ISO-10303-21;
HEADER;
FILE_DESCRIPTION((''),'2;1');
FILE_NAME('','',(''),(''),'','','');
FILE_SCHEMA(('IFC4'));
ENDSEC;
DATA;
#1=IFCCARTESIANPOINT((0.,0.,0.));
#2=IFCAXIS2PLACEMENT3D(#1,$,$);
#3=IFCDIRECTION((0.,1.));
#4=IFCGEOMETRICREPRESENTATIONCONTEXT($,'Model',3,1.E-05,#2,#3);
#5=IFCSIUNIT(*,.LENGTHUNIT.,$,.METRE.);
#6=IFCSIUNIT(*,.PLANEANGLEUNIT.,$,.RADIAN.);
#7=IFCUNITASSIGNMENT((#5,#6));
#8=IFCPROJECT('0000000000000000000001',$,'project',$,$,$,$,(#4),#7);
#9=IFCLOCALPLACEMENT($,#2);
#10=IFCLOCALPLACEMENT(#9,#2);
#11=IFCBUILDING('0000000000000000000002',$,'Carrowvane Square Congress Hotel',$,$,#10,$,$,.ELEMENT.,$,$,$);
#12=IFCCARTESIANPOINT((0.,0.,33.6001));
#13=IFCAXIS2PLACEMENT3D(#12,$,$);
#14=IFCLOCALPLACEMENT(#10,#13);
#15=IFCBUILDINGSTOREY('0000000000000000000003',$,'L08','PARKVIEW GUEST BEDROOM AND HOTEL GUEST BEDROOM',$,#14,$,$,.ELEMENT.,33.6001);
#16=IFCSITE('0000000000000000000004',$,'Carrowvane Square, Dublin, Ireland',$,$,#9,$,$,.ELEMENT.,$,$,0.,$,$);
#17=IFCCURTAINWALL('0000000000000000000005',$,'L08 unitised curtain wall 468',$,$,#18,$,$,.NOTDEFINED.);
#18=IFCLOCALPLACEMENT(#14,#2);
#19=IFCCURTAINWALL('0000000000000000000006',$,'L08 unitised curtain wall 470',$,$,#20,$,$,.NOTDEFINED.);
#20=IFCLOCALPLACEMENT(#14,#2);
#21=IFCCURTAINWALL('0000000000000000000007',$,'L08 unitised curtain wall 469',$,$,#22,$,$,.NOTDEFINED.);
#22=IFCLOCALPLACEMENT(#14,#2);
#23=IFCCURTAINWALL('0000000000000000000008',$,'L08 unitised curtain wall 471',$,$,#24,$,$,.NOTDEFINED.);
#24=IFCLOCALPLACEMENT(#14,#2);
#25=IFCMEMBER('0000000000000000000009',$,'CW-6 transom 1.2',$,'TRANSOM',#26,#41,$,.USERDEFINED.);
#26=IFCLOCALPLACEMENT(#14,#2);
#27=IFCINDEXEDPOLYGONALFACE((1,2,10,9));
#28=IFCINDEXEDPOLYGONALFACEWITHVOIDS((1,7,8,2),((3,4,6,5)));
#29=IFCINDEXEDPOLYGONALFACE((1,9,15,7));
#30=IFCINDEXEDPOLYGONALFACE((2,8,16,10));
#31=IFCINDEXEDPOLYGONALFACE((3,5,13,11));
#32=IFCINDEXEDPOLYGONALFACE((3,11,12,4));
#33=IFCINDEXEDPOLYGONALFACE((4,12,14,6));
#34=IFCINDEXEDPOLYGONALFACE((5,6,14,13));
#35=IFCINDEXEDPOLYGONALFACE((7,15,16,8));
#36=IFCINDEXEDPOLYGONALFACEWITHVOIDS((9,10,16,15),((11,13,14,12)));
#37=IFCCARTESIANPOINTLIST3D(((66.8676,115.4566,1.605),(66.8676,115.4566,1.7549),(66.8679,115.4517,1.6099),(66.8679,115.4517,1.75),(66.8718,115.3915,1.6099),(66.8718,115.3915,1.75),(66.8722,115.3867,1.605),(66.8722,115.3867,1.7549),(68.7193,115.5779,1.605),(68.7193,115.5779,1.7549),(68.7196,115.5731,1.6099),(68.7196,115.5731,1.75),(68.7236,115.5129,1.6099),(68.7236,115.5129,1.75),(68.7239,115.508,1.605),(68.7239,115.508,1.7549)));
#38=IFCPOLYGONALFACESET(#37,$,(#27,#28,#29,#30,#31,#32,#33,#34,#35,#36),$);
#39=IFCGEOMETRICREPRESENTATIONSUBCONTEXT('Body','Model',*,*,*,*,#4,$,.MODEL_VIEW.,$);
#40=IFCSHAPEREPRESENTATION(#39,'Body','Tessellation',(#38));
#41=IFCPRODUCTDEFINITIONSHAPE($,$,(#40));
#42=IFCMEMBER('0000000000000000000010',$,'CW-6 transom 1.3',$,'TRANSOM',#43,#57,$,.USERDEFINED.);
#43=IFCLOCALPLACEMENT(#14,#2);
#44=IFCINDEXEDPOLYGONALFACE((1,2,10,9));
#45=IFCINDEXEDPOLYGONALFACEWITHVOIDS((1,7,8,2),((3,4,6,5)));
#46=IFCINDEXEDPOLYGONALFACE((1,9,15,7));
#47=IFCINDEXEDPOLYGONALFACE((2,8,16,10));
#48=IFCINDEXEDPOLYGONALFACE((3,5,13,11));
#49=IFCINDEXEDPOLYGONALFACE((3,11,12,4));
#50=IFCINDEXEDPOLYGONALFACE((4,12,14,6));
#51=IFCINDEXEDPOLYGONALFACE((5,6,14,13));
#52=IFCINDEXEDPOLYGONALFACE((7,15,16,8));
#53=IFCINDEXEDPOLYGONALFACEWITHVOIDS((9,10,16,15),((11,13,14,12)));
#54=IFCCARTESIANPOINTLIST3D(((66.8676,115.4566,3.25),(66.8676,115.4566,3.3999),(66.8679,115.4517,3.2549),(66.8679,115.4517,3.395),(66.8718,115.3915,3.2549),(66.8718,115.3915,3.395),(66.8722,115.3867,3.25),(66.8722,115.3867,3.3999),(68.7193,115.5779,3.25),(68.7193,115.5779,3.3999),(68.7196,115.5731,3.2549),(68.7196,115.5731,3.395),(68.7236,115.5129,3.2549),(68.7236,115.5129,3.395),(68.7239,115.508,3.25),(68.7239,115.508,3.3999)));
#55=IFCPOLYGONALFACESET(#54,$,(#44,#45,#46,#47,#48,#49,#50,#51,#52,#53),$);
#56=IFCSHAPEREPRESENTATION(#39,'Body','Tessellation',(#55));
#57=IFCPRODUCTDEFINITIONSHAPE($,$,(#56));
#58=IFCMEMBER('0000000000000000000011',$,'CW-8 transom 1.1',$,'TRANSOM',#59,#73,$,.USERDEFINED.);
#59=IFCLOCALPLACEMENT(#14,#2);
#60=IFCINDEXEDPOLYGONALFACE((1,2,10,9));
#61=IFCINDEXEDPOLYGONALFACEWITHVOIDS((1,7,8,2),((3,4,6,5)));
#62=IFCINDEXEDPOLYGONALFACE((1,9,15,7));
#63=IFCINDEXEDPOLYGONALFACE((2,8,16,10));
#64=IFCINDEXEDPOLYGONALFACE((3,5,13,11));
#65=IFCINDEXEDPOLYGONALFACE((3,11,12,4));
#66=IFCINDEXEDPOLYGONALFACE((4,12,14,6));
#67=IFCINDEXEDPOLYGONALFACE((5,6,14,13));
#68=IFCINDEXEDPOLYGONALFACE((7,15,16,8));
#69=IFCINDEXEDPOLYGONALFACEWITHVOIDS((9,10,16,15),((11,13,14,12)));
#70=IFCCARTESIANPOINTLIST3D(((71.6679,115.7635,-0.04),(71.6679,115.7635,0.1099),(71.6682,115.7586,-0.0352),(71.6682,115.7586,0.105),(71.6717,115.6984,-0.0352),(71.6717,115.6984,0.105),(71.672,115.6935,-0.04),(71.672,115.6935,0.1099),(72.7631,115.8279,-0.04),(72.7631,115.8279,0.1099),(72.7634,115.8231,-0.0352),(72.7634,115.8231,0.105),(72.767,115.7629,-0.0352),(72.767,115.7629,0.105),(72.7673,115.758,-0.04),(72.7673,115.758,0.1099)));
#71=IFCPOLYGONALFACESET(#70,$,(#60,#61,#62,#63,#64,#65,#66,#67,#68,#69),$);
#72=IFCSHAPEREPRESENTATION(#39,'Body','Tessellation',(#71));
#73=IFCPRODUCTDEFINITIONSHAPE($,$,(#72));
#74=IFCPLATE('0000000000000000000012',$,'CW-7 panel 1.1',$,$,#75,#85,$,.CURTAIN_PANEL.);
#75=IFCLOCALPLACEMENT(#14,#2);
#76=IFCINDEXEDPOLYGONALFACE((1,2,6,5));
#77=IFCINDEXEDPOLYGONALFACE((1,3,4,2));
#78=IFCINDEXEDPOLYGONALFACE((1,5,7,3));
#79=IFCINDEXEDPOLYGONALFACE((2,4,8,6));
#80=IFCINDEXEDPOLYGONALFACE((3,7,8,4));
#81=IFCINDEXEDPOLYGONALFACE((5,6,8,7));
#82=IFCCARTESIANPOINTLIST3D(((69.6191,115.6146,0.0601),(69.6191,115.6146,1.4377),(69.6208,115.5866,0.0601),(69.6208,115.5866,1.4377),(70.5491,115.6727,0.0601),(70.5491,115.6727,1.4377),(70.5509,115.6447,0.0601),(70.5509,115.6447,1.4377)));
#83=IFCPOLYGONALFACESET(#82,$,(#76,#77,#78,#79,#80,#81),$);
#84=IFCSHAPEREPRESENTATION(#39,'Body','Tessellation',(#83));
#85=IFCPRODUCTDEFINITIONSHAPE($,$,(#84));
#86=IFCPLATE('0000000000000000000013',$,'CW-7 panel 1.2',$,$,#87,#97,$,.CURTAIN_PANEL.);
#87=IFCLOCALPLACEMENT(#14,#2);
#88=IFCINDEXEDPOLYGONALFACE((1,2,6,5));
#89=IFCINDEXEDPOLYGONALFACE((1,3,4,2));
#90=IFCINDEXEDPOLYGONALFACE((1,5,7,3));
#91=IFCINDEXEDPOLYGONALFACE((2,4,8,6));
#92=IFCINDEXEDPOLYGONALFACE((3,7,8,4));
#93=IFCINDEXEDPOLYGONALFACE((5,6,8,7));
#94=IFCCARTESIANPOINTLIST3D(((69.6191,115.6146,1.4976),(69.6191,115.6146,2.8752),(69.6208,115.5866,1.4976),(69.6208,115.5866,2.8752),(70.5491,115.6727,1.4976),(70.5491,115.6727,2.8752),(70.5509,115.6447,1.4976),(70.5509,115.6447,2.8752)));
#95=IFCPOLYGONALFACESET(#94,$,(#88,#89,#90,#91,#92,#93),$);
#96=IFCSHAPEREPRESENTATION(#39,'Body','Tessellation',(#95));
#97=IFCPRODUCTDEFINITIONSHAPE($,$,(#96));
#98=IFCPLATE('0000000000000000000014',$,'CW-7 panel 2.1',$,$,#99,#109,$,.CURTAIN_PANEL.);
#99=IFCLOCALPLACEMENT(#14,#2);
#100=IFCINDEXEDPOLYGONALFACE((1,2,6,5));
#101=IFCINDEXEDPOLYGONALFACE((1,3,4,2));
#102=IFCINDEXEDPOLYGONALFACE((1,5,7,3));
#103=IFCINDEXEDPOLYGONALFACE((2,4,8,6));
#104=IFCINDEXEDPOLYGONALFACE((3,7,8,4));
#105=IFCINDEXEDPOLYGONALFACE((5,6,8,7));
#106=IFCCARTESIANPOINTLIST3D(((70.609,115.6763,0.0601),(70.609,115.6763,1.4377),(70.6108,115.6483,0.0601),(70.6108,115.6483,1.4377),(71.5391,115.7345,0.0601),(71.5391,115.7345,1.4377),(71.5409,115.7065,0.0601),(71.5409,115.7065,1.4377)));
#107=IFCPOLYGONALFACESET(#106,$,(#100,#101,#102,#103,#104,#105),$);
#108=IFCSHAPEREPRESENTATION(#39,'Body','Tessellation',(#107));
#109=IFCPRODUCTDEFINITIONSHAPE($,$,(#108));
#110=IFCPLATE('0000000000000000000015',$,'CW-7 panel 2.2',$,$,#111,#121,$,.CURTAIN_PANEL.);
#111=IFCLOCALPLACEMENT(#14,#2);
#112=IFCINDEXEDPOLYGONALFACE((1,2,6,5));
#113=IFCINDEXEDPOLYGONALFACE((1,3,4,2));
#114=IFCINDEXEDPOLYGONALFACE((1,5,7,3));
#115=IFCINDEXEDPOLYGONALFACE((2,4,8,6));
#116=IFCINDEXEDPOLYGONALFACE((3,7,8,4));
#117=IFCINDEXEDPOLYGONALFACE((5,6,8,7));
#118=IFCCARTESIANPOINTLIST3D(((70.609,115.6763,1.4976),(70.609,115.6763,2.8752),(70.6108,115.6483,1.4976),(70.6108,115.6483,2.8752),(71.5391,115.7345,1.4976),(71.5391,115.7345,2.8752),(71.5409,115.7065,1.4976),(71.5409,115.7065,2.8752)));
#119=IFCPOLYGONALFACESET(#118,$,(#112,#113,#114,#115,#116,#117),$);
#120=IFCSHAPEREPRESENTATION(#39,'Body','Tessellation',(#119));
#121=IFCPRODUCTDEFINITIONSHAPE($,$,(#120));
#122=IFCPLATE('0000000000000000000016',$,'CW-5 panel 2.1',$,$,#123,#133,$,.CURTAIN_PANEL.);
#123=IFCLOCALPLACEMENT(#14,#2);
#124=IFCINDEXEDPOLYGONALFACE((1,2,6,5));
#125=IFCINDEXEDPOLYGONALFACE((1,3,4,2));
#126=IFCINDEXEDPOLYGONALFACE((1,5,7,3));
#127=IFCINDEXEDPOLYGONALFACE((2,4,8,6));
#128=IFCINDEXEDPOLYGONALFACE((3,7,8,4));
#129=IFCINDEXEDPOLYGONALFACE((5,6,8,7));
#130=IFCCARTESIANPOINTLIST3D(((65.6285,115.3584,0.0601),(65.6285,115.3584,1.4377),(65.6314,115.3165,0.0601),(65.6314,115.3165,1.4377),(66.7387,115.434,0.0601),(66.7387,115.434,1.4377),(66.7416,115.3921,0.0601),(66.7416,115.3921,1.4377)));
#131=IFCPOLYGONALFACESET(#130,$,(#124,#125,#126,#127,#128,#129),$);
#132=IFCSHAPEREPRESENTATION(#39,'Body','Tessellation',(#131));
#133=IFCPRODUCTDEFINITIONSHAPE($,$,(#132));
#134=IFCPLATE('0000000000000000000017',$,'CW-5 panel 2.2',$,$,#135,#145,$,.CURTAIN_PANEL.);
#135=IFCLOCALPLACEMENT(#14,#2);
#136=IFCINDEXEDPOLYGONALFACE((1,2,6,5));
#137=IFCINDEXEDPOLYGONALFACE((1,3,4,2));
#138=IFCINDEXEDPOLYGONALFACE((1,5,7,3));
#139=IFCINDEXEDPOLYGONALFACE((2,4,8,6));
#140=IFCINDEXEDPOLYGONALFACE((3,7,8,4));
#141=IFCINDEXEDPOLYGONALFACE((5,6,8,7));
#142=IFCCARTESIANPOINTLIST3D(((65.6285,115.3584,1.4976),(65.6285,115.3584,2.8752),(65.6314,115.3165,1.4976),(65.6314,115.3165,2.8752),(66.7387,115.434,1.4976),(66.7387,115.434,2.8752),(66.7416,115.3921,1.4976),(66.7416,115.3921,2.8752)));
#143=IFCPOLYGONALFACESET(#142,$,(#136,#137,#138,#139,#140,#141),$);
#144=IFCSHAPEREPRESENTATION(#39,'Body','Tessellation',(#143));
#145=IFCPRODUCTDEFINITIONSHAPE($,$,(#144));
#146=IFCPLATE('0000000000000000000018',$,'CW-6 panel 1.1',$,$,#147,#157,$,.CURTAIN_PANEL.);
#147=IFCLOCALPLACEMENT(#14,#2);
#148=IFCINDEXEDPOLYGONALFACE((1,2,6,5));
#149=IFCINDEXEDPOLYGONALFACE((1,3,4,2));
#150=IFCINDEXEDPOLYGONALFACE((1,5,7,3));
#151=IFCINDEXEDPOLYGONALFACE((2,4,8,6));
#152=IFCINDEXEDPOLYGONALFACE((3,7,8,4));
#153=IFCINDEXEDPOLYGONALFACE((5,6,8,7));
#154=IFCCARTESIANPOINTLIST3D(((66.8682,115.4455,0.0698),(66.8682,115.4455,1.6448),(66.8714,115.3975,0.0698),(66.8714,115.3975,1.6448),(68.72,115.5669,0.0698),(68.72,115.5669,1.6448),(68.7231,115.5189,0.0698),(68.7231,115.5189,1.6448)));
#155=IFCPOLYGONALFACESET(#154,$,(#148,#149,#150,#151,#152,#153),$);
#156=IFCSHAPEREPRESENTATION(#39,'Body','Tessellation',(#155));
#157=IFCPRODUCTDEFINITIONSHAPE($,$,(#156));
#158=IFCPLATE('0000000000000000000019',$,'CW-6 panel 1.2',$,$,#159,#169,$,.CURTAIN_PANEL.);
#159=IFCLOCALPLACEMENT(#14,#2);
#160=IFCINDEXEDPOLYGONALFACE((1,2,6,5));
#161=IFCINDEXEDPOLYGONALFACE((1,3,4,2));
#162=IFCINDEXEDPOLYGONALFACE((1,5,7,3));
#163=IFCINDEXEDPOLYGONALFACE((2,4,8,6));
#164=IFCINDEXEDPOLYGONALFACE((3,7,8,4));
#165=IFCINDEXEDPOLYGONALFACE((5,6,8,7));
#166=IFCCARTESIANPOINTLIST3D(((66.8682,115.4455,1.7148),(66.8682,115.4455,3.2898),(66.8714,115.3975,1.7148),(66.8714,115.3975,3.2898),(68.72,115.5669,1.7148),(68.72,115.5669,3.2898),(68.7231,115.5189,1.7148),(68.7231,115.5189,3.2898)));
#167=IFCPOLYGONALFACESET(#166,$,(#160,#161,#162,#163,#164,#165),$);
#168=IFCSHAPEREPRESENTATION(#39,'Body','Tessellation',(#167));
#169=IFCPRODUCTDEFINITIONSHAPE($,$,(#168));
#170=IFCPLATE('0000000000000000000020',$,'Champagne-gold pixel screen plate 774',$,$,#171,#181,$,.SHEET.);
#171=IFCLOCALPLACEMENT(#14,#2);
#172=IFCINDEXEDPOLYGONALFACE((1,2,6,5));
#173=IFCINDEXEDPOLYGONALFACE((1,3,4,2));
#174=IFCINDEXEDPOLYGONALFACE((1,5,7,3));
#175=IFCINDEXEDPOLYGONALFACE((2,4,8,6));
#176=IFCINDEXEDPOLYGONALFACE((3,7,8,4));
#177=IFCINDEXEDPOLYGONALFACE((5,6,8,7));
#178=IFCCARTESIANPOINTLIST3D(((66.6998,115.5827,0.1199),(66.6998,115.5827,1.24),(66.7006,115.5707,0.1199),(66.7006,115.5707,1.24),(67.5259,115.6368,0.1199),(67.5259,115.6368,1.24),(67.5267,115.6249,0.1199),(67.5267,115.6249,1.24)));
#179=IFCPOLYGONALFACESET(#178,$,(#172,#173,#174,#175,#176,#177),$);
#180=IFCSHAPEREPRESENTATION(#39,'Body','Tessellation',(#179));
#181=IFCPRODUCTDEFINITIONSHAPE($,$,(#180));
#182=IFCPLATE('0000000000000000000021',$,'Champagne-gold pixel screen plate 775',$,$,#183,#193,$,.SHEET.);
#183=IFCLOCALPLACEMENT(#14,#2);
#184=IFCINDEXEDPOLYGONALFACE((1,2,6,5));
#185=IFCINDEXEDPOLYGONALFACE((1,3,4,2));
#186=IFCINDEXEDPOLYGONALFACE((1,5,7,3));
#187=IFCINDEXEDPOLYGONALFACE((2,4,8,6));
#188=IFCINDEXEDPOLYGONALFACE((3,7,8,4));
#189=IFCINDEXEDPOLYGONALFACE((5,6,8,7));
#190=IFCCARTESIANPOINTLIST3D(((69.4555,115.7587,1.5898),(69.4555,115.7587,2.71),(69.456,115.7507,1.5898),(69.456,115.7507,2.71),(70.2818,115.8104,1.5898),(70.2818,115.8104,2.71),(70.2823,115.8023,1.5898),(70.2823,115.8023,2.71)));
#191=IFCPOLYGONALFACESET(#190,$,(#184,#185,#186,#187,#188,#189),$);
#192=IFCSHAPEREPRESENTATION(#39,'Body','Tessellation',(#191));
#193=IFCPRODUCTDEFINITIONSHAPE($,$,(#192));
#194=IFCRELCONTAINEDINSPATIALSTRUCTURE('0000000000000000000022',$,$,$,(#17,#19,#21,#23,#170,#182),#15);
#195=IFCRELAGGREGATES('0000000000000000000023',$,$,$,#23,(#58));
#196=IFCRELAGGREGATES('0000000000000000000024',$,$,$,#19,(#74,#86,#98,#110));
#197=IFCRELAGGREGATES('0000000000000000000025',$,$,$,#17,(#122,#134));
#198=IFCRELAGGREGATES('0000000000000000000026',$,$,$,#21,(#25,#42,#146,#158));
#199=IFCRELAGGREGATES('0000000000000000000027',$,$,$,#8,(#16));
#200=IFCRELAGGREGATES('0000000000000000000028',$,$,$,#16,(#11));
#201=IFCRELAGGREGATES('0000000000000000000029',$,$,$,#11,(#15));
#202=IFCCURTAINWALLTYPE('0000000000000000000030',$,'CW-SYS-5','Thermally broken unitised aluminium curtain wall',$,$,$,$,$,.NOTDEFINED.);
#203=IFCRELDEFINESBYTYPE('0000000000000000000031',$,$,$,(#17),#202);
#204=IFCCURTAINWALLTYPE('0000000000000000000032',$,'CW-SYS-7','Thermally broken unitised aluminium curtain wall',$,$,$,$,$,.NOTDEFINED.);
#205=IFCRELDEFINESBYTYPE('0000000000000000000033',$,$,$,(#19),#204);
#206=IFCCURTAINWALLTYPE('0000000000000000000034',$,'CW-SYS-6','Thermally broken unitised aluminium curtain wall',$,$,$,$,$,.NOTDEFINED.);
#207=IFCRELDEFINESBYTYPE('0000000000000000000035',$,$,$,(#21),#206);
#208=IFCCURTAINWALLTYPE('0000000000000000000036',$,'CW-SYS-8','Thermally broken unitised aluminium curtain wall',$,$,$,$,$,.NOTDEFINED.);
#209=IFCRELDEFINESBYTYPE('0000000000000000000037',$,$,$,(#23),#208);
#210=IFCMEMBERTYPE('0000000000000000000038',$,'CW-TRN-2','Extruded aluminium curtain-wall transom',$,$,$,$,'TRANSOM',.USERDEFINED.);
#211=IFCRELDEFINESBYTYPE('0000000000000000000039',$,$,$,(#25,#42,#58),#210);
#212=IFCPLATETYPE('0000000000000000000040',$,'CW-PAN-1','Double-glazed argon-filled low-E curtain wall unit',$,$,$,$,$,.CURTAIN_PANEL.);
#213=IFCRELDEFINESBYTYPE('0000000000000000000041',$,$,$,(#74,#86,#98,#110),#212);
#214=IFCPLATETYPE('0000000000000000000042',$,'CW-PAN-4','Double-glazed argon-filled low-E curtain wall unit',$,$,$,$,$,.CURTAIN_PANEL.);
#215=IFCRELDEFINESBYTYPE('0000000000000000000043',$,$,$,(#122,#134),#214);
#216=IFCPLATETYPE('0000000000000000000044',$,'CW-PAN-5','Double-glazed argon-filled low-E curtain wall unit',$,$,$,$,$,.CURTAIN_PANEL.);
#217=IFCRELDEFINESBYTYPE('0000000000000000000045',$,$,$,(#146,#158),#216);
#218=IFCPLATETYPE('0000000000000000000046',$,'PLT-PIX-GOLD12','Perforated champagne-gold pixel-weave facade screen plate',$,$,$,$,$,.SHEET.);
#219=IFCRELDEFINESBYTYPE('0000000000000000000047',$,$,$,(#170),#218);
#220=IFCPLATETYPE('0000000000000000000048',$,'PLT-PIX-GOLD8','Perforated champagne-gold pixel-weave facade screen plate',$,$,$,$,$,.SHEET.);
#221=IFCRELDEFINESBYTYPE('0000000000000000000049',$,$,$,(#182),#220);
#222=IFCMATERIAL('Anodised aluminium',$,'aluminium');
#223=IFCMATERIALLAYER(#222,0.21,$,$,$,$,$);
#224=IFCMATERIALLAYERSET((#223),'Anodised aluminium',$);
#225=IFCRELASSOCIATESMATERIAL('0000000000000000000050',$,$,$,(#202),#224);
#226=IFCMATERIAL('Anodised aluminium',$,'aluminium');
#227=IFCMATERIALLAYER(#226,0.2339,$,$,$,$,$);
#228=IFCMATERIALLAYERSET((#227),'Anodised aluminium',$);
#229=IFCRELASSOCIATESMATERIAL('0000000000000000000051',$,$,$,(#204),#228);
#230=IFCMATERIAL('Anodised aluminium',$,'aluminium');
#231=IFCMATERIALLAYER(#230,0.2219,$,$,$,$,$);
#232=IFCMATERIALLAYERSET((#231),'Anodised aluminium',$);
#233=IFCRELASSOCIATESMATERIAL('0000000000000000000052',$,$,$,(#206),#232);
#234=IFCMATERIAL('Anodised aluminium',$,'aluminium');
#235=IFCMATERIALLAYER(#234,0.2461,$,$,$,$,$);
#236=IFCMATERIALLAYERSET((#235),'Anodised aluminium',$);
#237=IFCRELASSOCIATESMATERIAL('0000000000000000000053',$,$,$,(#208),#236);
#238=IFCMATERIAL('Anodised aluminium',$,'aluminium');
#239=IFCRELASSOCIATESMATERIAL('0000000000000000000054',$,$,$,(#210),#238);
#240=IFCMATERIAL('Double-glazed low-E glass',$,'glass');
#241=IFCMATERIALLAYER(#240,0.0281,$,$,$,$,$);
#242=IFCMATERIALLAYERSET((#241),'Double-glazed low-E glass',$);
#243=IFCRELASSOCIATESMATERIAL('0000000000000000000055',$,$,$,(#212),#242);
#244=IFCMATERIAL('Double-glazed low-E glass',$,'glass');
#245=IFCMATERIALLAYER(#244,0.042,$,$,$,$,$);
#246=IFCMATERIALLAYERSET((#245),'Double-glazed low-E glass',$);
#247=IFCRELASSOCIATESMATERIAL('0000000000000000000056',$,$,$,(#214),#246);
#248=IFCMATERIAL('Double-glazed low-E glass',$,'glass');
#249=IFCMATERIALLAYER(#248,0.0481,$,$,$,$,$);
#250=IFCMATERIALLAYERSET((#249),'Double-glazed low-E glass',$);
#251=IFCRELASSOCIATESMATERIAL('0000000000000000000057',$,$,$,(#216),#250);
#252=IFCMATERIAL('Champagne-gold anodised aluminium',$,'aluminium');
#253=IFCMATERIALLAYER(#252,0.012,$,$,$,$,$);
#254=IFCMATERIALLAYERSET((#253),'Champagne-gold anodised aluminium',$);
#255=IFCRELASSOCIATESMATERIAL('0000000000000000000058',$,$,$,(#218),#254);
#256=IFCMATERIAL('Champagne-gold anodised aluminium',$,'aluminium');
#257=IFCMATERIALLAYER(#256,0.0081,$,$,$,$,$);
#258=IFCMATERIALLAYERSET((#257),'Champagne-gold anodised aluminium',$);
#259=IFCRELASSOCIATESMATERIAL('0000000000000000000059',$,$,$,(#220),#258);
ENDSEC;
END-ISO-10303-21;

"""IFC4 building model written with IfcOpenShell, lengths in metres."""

from ifc_helpers import new_model, si_unit, direction, frame, origin, origin_2d, place, context, subcontext, project, spatial, rectangle, hollow_rectangle, extrude, material, layer, layer_set, material_profile, profile_set, type_object, element, aggregate, save


model = new_model("IFC4")

# Units and contexts
model_context = context("Model", 3, precision=1e-05, world=origin(), true_north=direction((0.0, 1.0)))
body_context = subcontext(model_context, "Body", "Model", "MODEL_VIEW")
ifc_project = project(units=[si_unit("LENGTHUNIT", "METRE"), si_unit("PLANEANGLEUNIT", "RADIAN")], contexts=[model_context])

# Site, building, storey
site_placement = place(None, origin())
site = spatial("IfcSite", under=ifc_project, at=site_placement, Name="Carrowvane Square, Dublin, Ireland", CompositionType="ELEMENT", RefElevation=0.0)
building_placement = place(site_placement, origin())
building = spatial("IfcBuilding", under=site, at=building_placement, Name="Carrowvane Square Congress Hotel", CompositionType="ELEMENT")
storey_placement = place(building_placement, frame((0.0, 0.0, 33.6001)))
storey = spatial("IfcBuildingStorey", under=building, at=storey_placement, Name="L08", Description="PARKVIEW GUEST BEDROOM AND HOTEL GUEST BEDROOM", CompositionType="ELEMENT", Elevation=33.6001)

# Curtain wall
ifc_material_1 = material(Name="Anodised aluminium", Category="aluminium")
ifc_layer_1 = layer(ifc_material_1, 0.21)
ifc_layer_set_1 = layer_set([ifc_layer_1], Name="Anodised aluminium")
curtain_wall_type_1 = type_object("IfcCurtainWallType", Name="CW-SYS-5", Description="Thermally broken unitised aluminium curtain wall", PredefinedType="NOTDEFINED", material=ifc_layer_set_1)
curtain_wall_1_placement = place(storey_placement, origin())
curtain_wall_1 = element("IfcCurtainWall", 1, at=curtain_wall_1_placement, inside=storey, type_object=curtain_wall_type_1, Name="L08 unitised curtain wall 468", PredefinedType="NOTDEFINED")

# Curtain walls
ifc_material_2 = material(Name="Anodised aluminium", Category="aluminium")
ifc_layer_2 = layer(ifc_material_2, 0.2339)
ifc_layer_set_2 = layer_set([ifc_layer_2], Name="Anodised aluminium")
curtain_wall_type_2 = type_object("IfcCurtainWallType", Name="CW-SYS-7", Description="Thermally broken unitised aluminium curtain wall", PredefinedType="NOTDEFINED", material=ifc_layer_set_2)
curtain_wall_2_placement = place(storey_placement, origin())
curtain_wall_2 = element("IfcCurtainWall", 2, at=curtain_wall_2_placement, inside=storey, type_object=curtain_wall_type_2, Name="L08 unitised curtain wall 470", PredefinedType="NOTDEFINED")
ifc_material_3 = material(Name="Anodised aluminium", Category="aluminium")
ifc_layer_3 = layer(ifc_material_3, 0.2219)
ifc_layer_set_3 = layer_set([ifc_layer_3], Name="Anodised aluminium")
curtain_wall_type_3 = type_object("IfcCurtainWallType", Name="CW-SYS-6", Description="Thermally broken unitised aluminium curtain wall", PredefinedType="NOTDEFINED", material=ifc_layer_set_3)
curtain_wall_3_placement = place(storey_placement, origin())
curtain_wall_3 = element("IfcCurtainWall", 3, at=curtain_wall_3_placement, inside=storey, type_object=curtain_wall_type_3, Name="L08 unitised curtain wall 469", PredefinedType="NOTDEFINED")

# Curtain wall
ifc_material_4 = material(Name="Anodised aluminium", Category="aluminium")
ifc_layer_4 = layer(ifc_material_4, 0.2461)
ifc_layer_set_4 = layer_set([ifc_layer_4], Name="Anodised aluminium")
curtain_wall_type_4 = type_object("IfcCurtainWallType", Name="CW-SYS-8", Description="Thermally broken unitised aluminium curtain wall", PredefinedType="NOTDEFINED", material=ifc_layer_set_4)
curtain_wall_4_placement = place(storey_placement, origin())
curtain_wall_4 = element("IfcCurtainWall", 4, at=curtain_wall_4_placement, inside=storey, type_object=curtain_wall_type_4, Name="L08 unitised curtain wall 471", PredefinedType="NOTDEFINED")

# Members
ifc_material_5 = material(Name="Anodised aluminium", Category="aluminium")
ifc_material_profile_1 = material_profile(ifc_material_5, hollow_rectangle(XDim=0.0701, YDim=0.1499, WallThickness=0.0049, at=origin_2d()), Name="CW-TR 70x150x5")
ifc_profile_set_1 = profile_set([ifc_material_profile_1], Name="Anodised aluminium")
member_type_1 = type_object("IfcMemberType", Name="CW-TRN-2", Description="Extruded aluminium curtain-wall transom", ElementType="TRANSOM", PredefinedType="USERDEFINED", material=ifc_profile_set_1)
member_1_placement = place(storey_placement, frame((66.8699, 115.4216, 1.6799), z_axis=(0.99786, 0.065384, 0.0), x_axis=(-0.065384, 0.99786, 0.0)))
member_1 = element("IfcMember", 5, at=member_1_placement, type_object=member_type_1, Name="CW-6 transom 1.2", ObjectType="TRANSOM", PredefinedType="USERDEFINED", context=body_context, shape_type="SweptSolid", body=[
    extrude(hollow_rectangle(XDim=0.0701, YDim=0.1499, WallThickness=0.0049, at=origin_2d()), origin(), (0.0, 0.0, 1.0), 1.8557),
])
member_2_placement = place(storey_placement, frame((66.8699, 115.4216, 3.325), z_axis=(0.99786, 0.065384, 0.0), x_axis=(-0.065384, 0.99786, 0.0)))
member_2 = element("IfcMember", 6, at=member_2_placement, type_object=member_type_1, Name="CW-6 transom 1.3", ObjectType="TRANSOM", PredefinedType="USERDEFINED", context=body_context, shape_type="SweptSolid", body=[
    extrude(hollow_rectangle(XDim=0.0701, YDim=0.1499, WallThickness=0.0049, at=origin_2d()), origin(), (0.0, 0.0, 1.0), 1.8557),
])
member_3_placement = place(storey_placement, frame((71.6699, 115.7285, 0.0349), z_axis=(0.998273, 0.058748, 0.0), x_axis=(-0.058748, 0.998273, 0.0)))
member_3 = element("IfcMember", 7, at=member_3_placement, type_object=member_type_1, Name="CW-8 transom 1.1", ObjectType="TRANSOM", PredefinedType="USERDEFINED", context=body_context, shape_type="SweptSolid", body=[
    extrude(hollow_rectangle(XDim=0.0701, YDim=0.1499, WallThickness=0.0049, at=origin_2d()), origin(), (0.0, 0.0, 1.0), 1.0972),
])
aggregate(curtain_wall_4, [member_3])

# Plates
ifc_material_6 = material(Name="Double-glazed low-E glass", Category="glass")
ifc_layer_5 = layer(ifc_material_6, 0.0281)
ifc_layer_set_5 = layer_set([ifc_layer_5], Name="Double-glazed low-E glass")
plate_type_1 = type_object("IfcPlateType", Name="CW-PAN-1", Description="Double-glazed argon-filled low-E curtain wall unit", PredefinedType="CURTAIN_PANEL", material=ifc_layer_set_5)
plate_1_placement = place(storey_placement, frame((70.085, 115.6296, 0.0601), z_axis=(0.0, 0.0, 1.0), x_axis=(0.998051, 0.062397, 0.0)))
plate_1 = element("IfcPlate", 8, at=plate_1_placement, type_object=plate_type_1, Name="CW-7 panel 1.1", PredefinedType="CURTAIN_PANEL", context=body_context, shape_type="SweptSolid", body=[
    extrude(rectangle(XDim=0.9319, YDim=0.0281, at=origin_2d()), origin(), (0.0, 0.0, 1.0), 1.3777),
])
plate_2_placement = place(storey_placement, frame((70.085, 115.6296, 1.4976), z_axis=(0.0, 0.0, 1.0), x_axis=(0.998051, 0.062397, 0.0)))
plate_2 = element("IfcPlate", 9, at=plate_2_placement, type_object=plate_type_1, Name="CW-7 panel 1.2", PredefinedType="CURTAIN_PANEL", context=body_context, shape_type="SweptSolid", body=[
    extrude(rectangle(XDim=0.9319, YDim=0.0281, at=origin_2d()), origin(), (0.0, 0.0, 1.0), 1.3777),
])
plate_3_placement = place(storey_placement, frame((71.075, 115.6914, 0.0601), z_axis=(0.0, 0.0, 1.0), x_axis=(0.998051, 0.062397, 0.0)))
plate_3 = element("IfcPlate", 10, at=plate_3_placement, type_object=plate_type_1, Name="CW-7 panel 2.1", PredefinedType="CURTAIN_PANEL", context=body_context, shape_type="SweptSolid", body=[
    extrude(rectangle(XDim=0.9319, YDim=0.0281, at=origin_2d()), origin(), (0.0, 0.0, 1.0), 1.3777),
])
plate_4_placement = place(storey_placement, frame((71.075, 115.6914, 1.4976), z_axis=(0.0, 0.0, 1.0), x_axis=(0.998051, 0.062397, 0.0)))
plate_4 = element("IfcPlate", 11, at=plate_4_placement, type_object=plate_type_1, Name="CW-7 panel 2.2", PredefinedType="CURTAIN_PANEL", context=body_context, shape_type="SweptSolid", body=[
    extrude(rectangle(XDim=0.9319, YDim=0.0281, at=origin_2d()), origin(), (0.0, 0.0, 1.0), 1.3777),
])
aggregate(curtain_wall_2, [plate_1, plate_2, plate_3, plate_4])
ifc_material_7 = material(Name="Double-glazed low-E glass", Category="glass")
ifc_layer_6 = layer(ifc_material_7, 0.042)
ifc_layer_set_6 = layer_set([ifc_layer_6], Name="Double-glazed low-E glass")
plate_type_2 = type_object("IfcPlateType", Name="CW-PAN-4", Description="Double-glazed argon-filled low-E curtain wall unit", PredefinedType="CURTAIN_PANEL", material=ifc_layer_set_6)
plate_5_placement = place(storey_placement, frame((66.1851, 115.3752, 0.0601), z_axis=(0.0, 0.0, 1.0), x_axis=(0.997694, 0.067865, 0.0)))
plate_5 = element("IfcPlate", 12, at=plate_5_placement, type_object=plate_type_2, Name="CW-5 panel 2.1", PredefinedType="CURTAIN_PANEL", context=body_context, shape_type="SweptSolid", body=[
    extrude(rectangle(XDim=1.1128, YDim=0.042, at=origin_2d()), origin(), (0.0, 0.0, 1.0), 1.3777),
])
plate_6_placement = place(storey_placement, frame((66.1851, 115.3752, 1.4976), z_axis=(0.0, 0.0, 1.0), x_axis=(0.997694, 0.067865, 0.0)))
plate_6 = element("IfcPlate", 13, at=plate_6_placement, type_object=plate_type_2, Name="CW-5 panel 2.2", PredefinedType="CURTAIN_PANEL", context=body_context, shape_type="SweptSolid", body=[
    extrude(rectangle(XDim=1.1128, YDim=0.042, at=origin_2d()), origin(), (0.0, 0.0, 1.0), 1.3777),
])
aggregate(curtain_wall_1, [plate_5, plate_6])
ifc_material_8 = material(Name="Double-glazed low-E glass", Category="glass")
ifc_layer_7 = layer(ifc_material_8, 0.0481)
ifc_layer_set_7 = layer_set([ifc_layer_7], Name="Double-glazed low-E glass")
plate_type_3 = type_object("IfcPlateType", Name="CW-PAN-5", Description="Double-glazed argon-filled low-E curtain wall unit", PredefinedType="CURTAIN_PANEL", material=ifc_layer_set_7)
plate_7_placement = place(storey_placement, frame((67.7957, 115.4822, 0.0698), z_axis=(0.0, 0.0, 1.0), x_axis=(0.997858, 0.065412, 0.0)))
plate_7 = element("IfcPlate", 14, at=plate_7_placement, type_object=plate_type_3, Name="CW-6 panel 1.1", PredefinedType="CURTAIN_PANEL", context=body_context, shape_type="SweptSolid", body=[
    extrude(rectangle(XDim=1.8557, YDim=0.0481, at=origin_2d()), origin(), (0.0, 0.0, 1.0), 1.575),
])
plate_8_placement = place(storey_placement, frame((67.7957, 115.4822, 1.7148), z_axis=(0.0, 0.0, 1.0), x_axis=(0.997858, 0.065412, 0.0)))
plate_8 = element("IfcPlate", 15, at=plate_8_placement, type_object=plate_type_3, Name="CW-6 panel 1.2", PredefinedType="CURTAIN_PANEL", context=body_context, shape_type="SweptSolid", body=[
    extrude(rectangle(XDim=1.8557, YDim=0.0481, at=origin_2d()), origin(), (0.0, 0.0, 1.0), 1.575),
])
aggregate(curtain_wall_3, [member_1, member_2, plate_7, plate_8])

# Plates
ifc_material_9 = material(Name="Champagne-gold anodised aluminium", Category="aluminium")
ifc_layer_8 = layer(ifc_material_9, 0.012)
ifc_layer_set_8 = layer_set([ifc_layer_8], Name="Champagne-gold anodised aluminium")
plate_type_4 = type_object("IfcPlateType", Name="PLT-PIX-GOLD12", Description="Perforated champagne-gold pixel-weave facade screen plate", PredefinedType="SHEET", material=ifc_layer_set_8)
plate_9_placement = place(storey_placement, frame((67.1133, 115.6038, 0.1199), z_axis=(0.0, 0.0, 1.0), x_axis=(0.997858, 0.065413, 0.0)))
element("IfcPlate", 16, at=plate_9_placement, inside=storey, type_object=plate_type_4, Name="Champagne-gold pixel screen plate 774", PredefinedType="SHEET", context=body_context, shape_type="SweptSolid", body=[
    extrude(rectangle(XDim=0.8279, YDim=0.012, at=origin_2d()), origin(), (0.0, 0.0, 1.0), 1.1201),
])
ifc_material_10 = material(Name="Champagne-gold anodised aluminium", Category="aluminium")
ifc_layer_9 = layer(ifc_material_10, 0.0081)
ifc_layer_set_9 = layer_set([ifc_layer_9], Name="Champagne-gold anodised aluminium")
plate_type_5 = type_object("IfcPlateType", Name="PLT-PIX-GOLD8", Description="Perforated champagne-gold pixel-weave facade screen plate", PredefinedType="SHEET", material=ifc_layer_set_9)
for number, where, z_axis, x_axis, name in (
    (17, (69.8689, 115.7805, 1.5898), (0.0, 0.0, 1.0), (0.998051, 0.062397, 0.0), "Champagne-gold pixel screen plate 775"),
):
    element("IfcPlate", number, at=place(storey_placement, frame(where, z_axis=z_axis, x_axis=x_axis)), inside=storey, type_object=plate_type_5, Name=name, PredefinedType="SHEET", context=body_context, shape_type="SweptSolid", body=[
        extrude(rectangle(XDim=0.8279, YDim=0.0081, at=origin_2d()), origin(), (0.0, 0.0, 1.0), 1.1201),
    ])

save(model, "model.ifc")
